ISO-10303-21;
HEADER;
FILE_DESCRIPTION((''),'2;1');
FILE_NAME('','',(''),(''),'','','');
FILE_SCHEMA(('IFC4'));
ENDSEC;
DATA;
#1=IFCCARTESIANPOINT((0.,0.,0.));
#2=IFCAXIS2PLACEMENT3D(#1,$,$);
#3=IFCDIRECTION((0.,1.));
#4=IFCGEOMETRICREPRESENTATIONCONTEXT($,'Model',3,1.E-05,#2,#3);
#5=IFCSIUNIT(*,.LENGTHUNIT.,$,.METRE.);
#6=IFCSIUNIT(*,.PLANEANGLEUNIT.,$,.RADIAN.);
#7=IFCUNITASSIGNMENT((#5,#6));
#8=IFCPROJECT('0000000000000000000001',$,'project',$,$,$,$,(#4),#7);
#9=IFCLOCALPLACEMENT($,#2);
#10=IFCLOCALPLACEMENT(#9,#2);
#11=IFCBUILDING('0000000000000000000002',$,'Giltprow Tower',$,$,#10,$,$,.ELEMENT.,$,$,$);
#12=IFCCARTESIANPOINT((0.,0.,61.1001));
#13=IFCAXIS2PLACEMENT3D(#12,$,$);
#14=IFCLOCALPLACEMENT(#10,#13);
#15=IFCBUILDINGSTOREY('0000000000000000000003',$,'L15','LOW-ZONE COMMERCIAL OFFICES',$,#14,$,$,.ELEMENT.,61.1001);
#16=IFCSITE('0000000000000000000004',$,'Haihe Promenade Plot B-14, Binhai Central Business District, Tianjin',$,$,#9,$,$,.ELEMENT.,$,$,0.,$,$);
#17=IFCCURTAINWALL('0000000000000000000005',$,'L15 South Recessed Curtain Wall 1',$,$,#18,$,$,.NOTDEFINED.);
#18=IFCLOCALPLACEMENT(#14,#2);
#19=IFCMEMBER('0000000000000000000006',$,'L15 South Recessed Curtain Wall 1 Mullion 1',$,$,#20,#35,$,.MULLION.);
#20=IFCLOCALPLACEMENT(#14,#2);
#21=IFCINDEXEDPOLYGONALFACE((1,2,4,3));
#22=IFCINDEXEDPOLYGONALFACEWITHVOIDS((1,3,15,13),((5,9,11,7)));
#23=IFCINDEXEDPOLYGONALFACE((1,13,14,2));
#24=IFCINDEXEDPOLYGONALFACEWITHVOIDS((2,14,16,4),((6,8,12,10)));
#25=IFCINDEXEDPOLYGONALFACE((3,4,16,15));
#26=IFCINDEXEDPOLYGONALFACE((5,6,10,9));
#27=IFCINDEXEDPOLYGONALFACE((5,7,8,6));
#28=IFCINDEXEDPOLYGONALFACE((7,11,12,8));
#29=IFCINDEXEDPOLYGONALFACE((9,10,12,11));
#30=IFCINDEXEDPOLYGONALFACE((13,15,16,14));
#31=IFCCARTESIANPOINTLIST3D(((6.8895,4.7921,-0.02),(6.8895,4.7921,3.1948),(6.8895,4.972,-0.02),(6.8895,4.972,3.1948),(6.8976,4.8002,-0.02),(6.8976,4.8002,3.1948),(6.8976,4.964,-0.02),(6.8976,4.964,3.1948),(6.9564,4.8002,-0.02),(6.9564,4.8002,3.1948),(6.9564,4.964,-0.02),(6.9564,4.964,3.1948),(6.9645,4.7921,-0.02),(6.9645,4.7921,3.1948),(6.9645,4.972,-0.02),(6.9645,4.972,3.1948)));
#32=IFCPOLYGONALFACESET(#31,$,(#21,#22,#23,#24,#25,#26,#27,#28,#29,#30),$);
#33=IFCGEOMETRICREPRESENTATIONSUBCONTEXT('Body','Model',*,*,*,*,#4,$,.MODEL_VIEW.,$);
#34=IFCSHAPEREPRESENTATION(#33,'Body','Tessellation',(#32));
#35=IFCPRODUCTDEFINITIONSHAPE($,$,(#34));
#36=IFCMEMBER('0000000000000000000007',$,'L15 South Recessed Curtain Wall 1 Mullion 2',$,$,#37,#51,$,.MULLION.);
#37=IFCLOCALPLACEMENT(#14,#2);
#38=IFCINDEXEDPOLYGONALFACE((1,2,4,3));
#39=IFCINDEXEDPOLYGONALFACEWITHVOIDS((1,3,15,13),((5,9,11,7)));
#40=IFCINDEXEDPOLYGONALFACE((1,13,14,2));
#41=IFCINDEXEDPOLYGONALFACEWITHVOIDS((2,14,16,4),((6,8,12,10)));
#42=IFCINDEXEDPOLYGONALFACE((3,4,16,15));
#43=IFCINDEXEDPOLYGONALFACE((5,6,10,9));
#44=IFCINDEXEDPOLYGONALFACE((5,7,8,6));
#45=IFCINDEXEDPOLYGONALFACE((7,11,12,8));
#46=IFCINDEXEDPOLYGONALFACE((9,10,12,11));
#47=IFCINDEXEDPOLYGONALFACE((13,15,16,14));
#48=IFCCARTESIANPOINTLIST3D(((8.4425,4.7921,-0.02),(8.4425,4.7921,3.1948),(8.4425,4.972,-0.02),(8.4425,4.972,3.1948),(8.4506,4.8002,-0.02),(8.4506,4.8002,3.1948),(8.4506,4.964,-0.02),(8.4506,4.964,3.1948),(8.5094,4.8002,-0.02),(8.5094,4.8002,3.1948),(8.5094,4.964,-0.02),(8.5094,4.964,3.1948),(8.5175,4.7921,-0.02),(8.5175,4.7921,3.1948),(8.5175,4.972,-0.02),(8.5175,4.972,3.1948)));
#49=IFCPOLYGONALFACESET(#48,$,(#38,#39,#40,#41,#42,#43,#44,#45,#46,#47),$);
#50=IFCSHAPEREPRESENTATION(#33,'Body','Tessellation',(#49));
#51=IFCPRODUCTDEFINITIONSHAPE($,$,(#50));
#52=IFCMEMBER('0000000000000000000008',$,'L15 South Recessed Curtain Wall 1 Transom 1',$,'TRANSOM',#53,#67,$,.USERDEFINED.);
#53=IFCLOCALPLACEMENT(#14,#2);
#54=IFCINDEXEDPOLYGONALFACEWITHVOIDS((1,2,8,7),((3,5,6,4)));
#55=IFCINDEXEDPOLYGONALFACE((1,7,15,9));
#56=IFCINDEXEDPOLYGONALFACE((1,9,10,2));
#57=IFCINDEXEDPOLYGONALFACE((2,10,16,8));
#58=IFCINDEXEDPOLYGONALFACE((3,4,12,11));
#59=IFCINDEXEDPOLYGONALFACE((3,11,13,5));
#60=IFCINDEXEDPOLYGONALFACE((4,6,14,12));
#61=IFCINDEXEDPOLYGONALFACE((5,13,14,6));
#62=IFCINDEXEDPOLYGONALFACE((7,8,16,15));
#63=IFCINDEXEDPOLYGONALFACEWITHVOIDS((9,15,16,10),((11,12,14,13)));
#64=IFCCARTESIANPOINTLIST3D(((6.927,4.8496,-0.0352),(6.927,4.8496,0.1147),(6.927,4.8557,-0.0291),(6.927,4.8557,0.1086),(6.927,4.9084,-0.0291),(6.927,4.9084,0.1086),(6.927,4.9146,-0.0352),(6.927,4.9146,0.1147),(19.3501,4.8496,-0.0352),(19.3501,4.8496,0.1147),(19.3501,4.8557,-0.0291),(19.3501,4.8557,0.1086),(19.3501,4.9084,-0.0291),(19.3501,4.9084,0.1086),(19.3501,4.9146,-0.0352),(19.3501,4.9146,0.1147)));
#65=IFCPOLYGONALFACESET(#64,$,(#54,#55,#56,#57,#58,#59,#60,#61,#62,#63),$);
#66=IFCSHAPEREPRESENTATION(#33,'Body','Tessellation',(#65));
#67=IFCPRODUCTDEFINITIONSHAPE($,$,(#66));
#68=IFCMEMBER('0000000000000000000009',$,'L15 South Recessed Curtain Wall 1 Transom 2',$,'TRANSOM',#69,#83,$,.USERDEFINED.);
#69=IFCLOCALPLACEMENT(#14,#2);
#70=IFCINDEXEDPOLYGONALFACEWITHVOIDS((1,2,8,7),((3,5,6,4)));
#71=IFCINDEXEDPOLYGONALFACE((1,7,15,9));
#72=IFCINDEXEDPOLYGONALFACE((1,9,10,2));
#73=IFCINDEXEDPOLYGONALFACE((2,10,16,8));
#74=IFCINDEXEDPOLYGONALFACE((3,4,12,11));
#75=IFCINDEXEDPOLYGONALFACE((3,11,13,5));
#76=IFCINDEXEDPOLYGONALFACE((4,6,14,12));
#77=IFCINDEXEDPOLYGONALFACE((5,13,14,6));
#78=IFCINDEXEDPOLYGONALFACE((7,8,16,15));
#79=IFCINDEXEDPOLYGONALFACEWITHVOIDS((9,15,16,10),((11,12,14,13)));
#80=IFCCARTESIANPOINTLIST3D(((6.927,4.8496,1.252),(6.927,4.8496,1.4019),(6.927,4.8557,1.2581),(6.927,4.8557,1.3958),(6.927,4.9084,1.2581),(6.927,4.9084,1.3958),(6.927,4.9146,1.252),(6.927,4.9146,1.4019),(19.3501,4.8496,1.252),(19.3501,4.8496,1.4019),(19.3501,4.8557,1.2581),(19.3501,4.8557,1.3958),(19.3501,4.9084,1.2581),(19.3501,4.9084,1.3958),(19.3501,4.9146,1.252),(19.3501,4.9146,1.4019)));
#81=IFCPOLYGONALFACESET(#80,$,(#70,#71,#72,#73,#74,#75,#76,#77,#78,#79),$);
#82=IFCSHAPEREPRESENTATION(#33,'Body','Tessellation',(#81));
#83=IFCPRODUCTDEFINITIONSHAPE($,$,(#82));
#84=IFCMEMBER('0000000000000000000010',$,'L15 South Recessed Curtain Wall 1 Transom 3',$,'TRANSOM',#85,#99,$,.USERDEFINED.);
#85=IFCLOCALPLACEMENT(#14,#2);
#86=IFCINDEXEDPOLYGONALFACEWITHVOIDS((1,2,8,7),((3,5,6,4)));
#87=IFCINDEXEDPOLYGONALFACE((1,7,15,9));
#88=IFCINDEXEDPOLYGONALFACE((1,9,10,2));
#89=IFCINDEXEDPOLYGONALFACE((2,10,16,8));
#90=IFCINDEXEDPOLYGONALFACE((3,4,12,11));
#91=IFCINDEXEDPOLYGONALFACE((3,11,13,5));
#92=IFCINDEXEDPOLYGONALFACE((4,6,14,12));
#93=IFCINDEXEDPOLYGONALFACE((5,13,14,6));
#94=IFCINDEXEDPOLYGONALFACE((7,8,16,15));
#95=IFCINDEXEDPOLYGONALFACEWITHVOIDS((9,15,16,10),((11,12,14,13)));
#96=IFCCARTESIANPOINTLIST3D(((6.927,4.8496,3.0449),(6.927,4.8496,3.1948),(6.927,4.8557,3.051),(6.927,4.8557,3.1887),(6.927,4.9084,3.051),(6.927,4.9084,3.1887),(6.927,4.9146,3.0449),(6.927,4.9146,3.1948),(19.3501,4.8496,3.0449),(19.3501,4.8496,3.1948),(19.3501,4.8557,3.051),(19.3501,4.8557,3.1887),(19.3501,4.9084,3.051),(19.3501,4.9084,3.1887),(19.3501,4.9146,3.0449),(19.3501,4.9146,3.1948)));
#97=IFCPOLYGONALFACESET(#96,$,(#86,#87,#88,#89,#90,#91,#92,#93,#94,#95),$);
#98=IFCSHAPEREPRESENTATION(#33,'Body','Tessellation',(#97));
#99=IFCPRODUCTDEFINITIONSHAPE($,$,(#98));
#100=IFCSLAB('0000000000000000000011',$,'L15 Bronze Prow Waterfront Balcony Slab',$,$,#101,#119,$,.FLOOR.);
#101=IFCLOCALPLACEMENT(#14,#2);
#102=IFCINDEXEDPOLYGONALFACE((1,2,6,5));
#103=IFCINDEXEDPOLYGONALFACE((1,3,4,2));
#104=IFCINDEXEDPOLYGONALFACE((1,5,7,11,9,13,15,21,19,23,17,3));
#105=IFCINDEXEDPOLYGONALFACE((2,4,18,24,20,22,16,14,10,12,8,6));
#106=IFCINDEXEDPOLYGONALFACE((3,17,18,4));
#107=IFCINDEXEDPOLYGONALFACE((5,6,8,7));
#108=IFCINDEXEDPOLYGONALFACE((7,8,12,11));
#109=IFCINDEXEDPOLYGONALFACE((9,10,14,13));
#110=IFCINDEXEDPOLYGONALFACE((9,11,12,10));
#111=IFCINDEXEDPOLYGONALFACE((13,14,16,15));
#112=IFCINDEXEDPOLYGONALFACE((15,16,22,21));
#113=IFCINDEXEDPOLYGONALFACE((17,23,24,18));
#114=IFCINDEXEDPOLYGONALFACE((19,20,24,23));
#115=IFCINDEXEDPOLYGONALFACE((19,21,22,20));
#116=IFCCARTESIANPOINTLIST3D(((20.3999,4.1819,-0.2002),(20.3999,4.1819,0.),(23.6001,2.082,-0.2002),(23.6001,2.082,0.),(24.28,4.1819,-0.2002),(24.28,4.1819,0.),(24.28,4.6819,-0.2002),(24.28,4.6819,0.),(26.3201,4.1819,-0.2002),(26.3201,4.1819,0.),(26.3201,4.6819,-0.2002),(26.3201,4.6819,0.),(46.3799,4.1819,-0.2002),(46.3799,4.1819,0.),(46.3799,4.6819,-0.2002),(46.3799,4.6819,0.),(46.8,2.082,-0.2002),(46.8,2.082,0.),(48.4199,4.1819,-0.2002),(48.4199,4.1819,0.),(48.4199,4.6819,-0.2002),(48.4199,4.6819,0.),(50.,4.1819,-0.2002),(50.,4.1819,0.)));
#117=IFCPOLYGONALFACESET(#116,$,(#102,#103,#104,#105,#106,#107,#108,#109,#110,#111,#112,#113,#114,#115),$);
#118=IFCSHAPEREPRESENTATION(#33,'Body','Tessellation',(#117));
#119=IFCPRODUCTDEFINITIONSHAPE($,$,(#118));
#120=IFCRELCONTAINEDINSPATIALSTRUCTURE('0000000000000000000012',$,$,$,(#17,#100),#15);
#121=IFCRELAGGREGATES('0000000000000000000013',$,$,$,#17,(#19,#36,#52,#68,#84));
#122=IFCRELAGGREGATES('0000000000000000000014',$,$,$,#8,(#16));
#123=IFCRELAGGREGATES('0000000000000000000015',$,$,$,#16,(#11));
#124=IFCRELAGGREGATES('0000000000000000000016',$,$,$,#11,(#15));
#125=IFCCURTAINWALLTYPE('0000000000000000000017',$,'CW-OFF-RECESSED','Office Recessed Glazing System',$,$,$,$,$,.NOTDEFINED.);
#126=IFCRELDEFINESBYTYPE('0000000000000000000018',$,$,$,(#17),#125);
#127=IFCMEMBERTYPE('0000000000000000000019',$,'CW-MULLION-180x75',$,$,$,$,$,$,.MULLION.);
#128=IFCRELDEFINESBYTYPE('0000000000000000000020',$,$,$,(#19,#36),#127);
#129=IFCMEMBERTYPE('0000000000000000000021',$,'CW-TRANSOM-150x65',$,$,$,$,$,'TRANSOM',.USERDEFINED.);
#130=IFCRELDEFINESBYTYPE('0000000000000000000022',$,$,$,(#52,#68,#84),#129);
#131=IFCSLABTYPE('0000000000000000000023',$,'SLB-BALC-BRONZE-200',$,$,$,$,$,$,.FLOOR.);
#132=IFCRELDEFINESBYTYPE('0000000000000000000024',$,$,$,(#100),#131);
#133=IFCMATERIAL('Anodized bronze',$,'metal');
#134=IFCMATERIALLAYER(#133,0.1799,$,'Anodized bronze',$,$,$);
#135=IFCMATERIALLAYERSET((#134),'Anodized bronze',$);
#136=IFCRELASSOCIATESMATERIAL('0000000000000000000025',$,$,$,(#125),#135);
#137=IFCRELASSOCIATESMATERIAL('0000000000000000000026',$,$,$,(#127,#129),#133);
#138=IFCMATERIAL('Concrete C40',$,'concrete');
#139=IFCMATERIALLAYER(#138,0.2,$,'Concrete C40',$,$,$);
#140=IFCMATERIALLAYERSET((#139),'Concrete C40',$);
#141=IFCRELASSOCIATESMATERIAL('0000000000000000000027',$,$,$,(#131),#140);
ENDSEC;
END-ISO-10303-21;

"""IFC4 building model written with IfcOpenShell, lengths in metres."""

from ifc_helpers import new_model, si_unit, direction, frame, origin, origin_2d, place, context, subcontext, project, spatial, polyline, hollow_rectangle, outline, extrude, source, transform, mapped, material, layer, layer_set, material_profile, profile_set, type_object, element, aggregate, save


model = new_model("IFC4")

# Units and contexts
model_context = context("Model", 3, precision=1e-05, world=origin(), true_north=direction((0.0, 1.0)))
body_context = subcontext(model_context, "Body", "Model", "MODEL_VIEW")
ifc_project = project(units=[si_unit("LENGTHUNIT", "METRE"), si_unit("PLANEANGLEUNIT", "RADIAN")], contexts=[model_context])

# Site, building, storey
site_placement = place(None, origin())
site = spatial("IfcSite", under=ifc_project, at=site_placement, Name="Haihe Promenade Plot B-14, Binhai Central Business District, Tianjin", CompositionType="ELEMENT", RefElevation=0.0)
building_placement = place(site_placement, origin())
building = spatial("IfcBuilding", under=site, at=building_placement, Name="Giltprow Tower", CompositionType="ELEMENT")
storey_placement = place(building_placement, frame((0.0, 0.0, 61.1001)))
storey = spatial("IfcBuildingStorey", under=building, at=storey_placement, Name="L15", Description="LOW-ZONE COMMERCIAL OFFICES", CompositionType="ELEMENT", Elevation=61.1001)

# Curtain wall, members
ifc_material_1 = material(Name="Anodized bronze", Category="metal")
ifc_layer_1 = layer(ifc_material_1, 0.1799, Name="Anodized bronze")
ifc_layer_set_1 = layer_set([ifc_layer_1], Name="Anodized bronze")
curtain_wall_type = type_object("IfcCurtainWallType", Name="CW-OFF-RECESSED", Description="Office Recessed Glazing System", PredefinedType="NOTDEFINED", material=ifc_layer_set_1)
curtain_wall_placement = place(storey_placement, origin())
curtain_wall = element("IfcCurtainWall", 1, at=curtain_wall_placement, inside=storey, type_object=curtain_wall_type, Name="L15 South Recessed Curtain Wall 1", PredefinedType="NOTDEFINED")
ifc_material_profile_1 = material_profile(ifc_material_1, hollow_rectangle(XDim=0.075, YDim=0.1799, WallThickness=0.0081, at=origin_2d()), Name="RHS 180x75x8")
ifc_profile_set_1 = profile_set([ifc_material_profile_1], Name="Anodized bronze")
member_type_1 = type_object("IfcMemberType", Name="CW-MULLION-180x75", PredefinedType="MULLION", material=ifc_profile_set_1)
shared_shape_1 = source(origin(), body_context, "Body", "SweptSolid", [
    extrude(hollow_rectangle(XDim=0.075, YDim=0.1799, WallThickness=0.0081, at=origin_2d()), origin(), (0.0, 0.0, 1.0), 3.2148),
])
member_1_placement = place(storey_placement, frame((6.927, 4.8821, -0.02), z_axis=(0.0, 0.0, 1.0), x_axis=(1.0, 0.0, 0.0)))
member_1 = element("IfcMember", 2, at=member_1_placement, type_object=member_type_1, Name="L15 South Recessed Curtain Wall 1 Mullion 1", PredefinedType="MULLION", context=body_context, shape_type="MappedRepresentation", body=[
    mapped(shared_shape_1, transform((0.0, 0.0, 0.0), x_axis=(1.0, 0.0, 0.0), y_axis=(0.0, 1.0, 0.0), z_axis=(0.0, 0.0, 1.0), scale=1.0)),
])
member_2_placement = place(storey_placement, frame((8.48, 4.8821, -0.02), z_axis=(0.0, 0.0, 1.0), x_axis=(1.0, 0.0, 0.0)))
member_2 = element("IfcMember", 3, at=member_2_placement, type_object=member_type_1, Name="L15 South Recessed Curtain Wall 1 Mullion 2", PredefinedType="MULLION", context=body_context, shape_type="MappedRepresentation", body=[
    mapped(shared_shape_1, transform((0.0, 0.0, 0.0), x_axis=(1.0, 0.0, 0.0), y_axis=(0.0, 1.0, 0.0), z_axis=(0.0, 0.0, 1.0), scale=1.0)),
])
ifc_material_profile_2 = material_profile(ifc_material_1, hollow_rectangle(XDim=0.0649, YDim=0.1499, WallThickness=0.0061, at=origin_2d()), Name="RHS 150x65x6")
ifc_profile_set_2 = profile_set([ifc_material_profile_2], Name="Anodized bronze")
member_type_2 = type_object("IfcMemberType", Name="CW-TRANSOM-150x65", ElementType="TRANSOM", PredefinedType="USERDEFINED", material=ifc_profile_set_2)
shared_shape_2 = source(origin(), body_context, "Body", "SweptSolid", [
    extrude(hollow_rectangle(XDim=0.0649, YDim=0.1499, WallThickness=0.0061, at=origin_2d()), origin(), (0.0, 0.0, 1.0), 12.4231),
])
member_3_placement = place(storey_placement, frame((6.927, 4.8821, 0.0398), z_axis=(1.0, 0.0, 0.0), x_axis=(0.0, 1.0, 0.0)))
member_3 = element("IfcMember", 4, at=member_3_placement, type_object=member_type_2, Name="L15 South Recessed Curtain Wall 1 Transom 1", ObjectType="TRANSOM", PredefinedType="USERDEFINED", context=body_context, shape_type="MappedRepresentation", body=[
    mapped(shared_shape_2, transform((0.0, 0.0, 0.0), x_axis=(1.0, 0.0, 0.0), y_axis=(0.0, 1.0, 0.0), z_axis=(0.0, 0.0, 1.0), scale=1.0)),
])
member_4_placement = place(storey_placement, frame((6.927, 4.8821, 1.3269), z_axis=(1.0, 0.0, 0.0), x_axis=(0.0, 1.0, 0.0)))
member_4 = element("IfcMember", 5, at=member_4_placement, type_object=member_type_2, Name="L15 South Recessed Curtain Wall 1 Transom 2", ObjectType="TRANSOM", PredefinedType="USERDEFINED", context=body_context, shape_type="MappedRepresentation", body=[
    mapped(shared_shape_2, transform((0.0, 0.0, 0.0), x_axis=(1.0, 0.0, 0.0), y_axis=(0.0, 1.0, 0.0), z_axis=(0.0, 0.0, 1.0), scale=1.0)),
])
member_5_placement = place(storey_placement, frame((6.927, 4.8821, 3.1199), z_axis=(1.0, 0.0, 0.0), x_axis=(0.0, 1.0, 0.0)))
member_5 = element("IfcMember", 6, at=member_5_placement, type_object=member_type_2, Name="L15 South Recessed Curtain Wall 1 Transom 3", ObjectType="TRANSOM", PredefinedType="USERDEFINED", context=body_context, shape_type="MappedRepresentation", body=[
    mapped(shared_shape_2, transform((0.0, 0.0, 0.0), x_axis=(1.0, 0.0, 0.0), y_axis=(0.0, 1.0, 0.0), z_axis=(0.0, 0.0, 1.0), scale=1.0)),
])

# Slab
ifc_material_2 = material(Name="Concrete C40", Category="concrete")
ifc_layer_2 = layer(ifc_material_2, 0.2, Name="Concrete C40")
ifc_layer_set_2 = layer_set([ifc_layer_2], Name="Concrete C40")
slab_type_1 = type_object("IfcSlabType", Name="SLB-BALC-BRONZE-200", PredefinedType="FLOOR", material=ifc_layer_set_2)
slab_1_placement = place(storey_placement, frame((0.0, 0.0, -0.2002)))
element("IfcSlab", 7, at=slab_1_placement, inside=storey, type_object=slab_type_1, Name="L15 Bronze Prow Waterfront Balcony Slab", PredefinedType="FLOOR", context=body_context, shape_type="SweptSolid", body=[
    extrude(outline(polyline([(50.0, 4.1819), (46.8, 2.082), (23.6001, 2.082), (20.3999, 4.1819), (24.28, 4.1819), (24.28, 4.6819), (26.3201, 4.6819), (26.3201, 4.1819), (46.3799, 4.1819), (46.3799, 4.6819), (48.4199, 4.6819), (48.4199, 4.1819), (50.0, 4.1819)])), origin(), (0.0, 0.0, 1.0), 0.2002),
])

aggregate(curtain_wall, [member_1, member_2, member_3, member_4, member_5])

save(model, "model.ifc")
